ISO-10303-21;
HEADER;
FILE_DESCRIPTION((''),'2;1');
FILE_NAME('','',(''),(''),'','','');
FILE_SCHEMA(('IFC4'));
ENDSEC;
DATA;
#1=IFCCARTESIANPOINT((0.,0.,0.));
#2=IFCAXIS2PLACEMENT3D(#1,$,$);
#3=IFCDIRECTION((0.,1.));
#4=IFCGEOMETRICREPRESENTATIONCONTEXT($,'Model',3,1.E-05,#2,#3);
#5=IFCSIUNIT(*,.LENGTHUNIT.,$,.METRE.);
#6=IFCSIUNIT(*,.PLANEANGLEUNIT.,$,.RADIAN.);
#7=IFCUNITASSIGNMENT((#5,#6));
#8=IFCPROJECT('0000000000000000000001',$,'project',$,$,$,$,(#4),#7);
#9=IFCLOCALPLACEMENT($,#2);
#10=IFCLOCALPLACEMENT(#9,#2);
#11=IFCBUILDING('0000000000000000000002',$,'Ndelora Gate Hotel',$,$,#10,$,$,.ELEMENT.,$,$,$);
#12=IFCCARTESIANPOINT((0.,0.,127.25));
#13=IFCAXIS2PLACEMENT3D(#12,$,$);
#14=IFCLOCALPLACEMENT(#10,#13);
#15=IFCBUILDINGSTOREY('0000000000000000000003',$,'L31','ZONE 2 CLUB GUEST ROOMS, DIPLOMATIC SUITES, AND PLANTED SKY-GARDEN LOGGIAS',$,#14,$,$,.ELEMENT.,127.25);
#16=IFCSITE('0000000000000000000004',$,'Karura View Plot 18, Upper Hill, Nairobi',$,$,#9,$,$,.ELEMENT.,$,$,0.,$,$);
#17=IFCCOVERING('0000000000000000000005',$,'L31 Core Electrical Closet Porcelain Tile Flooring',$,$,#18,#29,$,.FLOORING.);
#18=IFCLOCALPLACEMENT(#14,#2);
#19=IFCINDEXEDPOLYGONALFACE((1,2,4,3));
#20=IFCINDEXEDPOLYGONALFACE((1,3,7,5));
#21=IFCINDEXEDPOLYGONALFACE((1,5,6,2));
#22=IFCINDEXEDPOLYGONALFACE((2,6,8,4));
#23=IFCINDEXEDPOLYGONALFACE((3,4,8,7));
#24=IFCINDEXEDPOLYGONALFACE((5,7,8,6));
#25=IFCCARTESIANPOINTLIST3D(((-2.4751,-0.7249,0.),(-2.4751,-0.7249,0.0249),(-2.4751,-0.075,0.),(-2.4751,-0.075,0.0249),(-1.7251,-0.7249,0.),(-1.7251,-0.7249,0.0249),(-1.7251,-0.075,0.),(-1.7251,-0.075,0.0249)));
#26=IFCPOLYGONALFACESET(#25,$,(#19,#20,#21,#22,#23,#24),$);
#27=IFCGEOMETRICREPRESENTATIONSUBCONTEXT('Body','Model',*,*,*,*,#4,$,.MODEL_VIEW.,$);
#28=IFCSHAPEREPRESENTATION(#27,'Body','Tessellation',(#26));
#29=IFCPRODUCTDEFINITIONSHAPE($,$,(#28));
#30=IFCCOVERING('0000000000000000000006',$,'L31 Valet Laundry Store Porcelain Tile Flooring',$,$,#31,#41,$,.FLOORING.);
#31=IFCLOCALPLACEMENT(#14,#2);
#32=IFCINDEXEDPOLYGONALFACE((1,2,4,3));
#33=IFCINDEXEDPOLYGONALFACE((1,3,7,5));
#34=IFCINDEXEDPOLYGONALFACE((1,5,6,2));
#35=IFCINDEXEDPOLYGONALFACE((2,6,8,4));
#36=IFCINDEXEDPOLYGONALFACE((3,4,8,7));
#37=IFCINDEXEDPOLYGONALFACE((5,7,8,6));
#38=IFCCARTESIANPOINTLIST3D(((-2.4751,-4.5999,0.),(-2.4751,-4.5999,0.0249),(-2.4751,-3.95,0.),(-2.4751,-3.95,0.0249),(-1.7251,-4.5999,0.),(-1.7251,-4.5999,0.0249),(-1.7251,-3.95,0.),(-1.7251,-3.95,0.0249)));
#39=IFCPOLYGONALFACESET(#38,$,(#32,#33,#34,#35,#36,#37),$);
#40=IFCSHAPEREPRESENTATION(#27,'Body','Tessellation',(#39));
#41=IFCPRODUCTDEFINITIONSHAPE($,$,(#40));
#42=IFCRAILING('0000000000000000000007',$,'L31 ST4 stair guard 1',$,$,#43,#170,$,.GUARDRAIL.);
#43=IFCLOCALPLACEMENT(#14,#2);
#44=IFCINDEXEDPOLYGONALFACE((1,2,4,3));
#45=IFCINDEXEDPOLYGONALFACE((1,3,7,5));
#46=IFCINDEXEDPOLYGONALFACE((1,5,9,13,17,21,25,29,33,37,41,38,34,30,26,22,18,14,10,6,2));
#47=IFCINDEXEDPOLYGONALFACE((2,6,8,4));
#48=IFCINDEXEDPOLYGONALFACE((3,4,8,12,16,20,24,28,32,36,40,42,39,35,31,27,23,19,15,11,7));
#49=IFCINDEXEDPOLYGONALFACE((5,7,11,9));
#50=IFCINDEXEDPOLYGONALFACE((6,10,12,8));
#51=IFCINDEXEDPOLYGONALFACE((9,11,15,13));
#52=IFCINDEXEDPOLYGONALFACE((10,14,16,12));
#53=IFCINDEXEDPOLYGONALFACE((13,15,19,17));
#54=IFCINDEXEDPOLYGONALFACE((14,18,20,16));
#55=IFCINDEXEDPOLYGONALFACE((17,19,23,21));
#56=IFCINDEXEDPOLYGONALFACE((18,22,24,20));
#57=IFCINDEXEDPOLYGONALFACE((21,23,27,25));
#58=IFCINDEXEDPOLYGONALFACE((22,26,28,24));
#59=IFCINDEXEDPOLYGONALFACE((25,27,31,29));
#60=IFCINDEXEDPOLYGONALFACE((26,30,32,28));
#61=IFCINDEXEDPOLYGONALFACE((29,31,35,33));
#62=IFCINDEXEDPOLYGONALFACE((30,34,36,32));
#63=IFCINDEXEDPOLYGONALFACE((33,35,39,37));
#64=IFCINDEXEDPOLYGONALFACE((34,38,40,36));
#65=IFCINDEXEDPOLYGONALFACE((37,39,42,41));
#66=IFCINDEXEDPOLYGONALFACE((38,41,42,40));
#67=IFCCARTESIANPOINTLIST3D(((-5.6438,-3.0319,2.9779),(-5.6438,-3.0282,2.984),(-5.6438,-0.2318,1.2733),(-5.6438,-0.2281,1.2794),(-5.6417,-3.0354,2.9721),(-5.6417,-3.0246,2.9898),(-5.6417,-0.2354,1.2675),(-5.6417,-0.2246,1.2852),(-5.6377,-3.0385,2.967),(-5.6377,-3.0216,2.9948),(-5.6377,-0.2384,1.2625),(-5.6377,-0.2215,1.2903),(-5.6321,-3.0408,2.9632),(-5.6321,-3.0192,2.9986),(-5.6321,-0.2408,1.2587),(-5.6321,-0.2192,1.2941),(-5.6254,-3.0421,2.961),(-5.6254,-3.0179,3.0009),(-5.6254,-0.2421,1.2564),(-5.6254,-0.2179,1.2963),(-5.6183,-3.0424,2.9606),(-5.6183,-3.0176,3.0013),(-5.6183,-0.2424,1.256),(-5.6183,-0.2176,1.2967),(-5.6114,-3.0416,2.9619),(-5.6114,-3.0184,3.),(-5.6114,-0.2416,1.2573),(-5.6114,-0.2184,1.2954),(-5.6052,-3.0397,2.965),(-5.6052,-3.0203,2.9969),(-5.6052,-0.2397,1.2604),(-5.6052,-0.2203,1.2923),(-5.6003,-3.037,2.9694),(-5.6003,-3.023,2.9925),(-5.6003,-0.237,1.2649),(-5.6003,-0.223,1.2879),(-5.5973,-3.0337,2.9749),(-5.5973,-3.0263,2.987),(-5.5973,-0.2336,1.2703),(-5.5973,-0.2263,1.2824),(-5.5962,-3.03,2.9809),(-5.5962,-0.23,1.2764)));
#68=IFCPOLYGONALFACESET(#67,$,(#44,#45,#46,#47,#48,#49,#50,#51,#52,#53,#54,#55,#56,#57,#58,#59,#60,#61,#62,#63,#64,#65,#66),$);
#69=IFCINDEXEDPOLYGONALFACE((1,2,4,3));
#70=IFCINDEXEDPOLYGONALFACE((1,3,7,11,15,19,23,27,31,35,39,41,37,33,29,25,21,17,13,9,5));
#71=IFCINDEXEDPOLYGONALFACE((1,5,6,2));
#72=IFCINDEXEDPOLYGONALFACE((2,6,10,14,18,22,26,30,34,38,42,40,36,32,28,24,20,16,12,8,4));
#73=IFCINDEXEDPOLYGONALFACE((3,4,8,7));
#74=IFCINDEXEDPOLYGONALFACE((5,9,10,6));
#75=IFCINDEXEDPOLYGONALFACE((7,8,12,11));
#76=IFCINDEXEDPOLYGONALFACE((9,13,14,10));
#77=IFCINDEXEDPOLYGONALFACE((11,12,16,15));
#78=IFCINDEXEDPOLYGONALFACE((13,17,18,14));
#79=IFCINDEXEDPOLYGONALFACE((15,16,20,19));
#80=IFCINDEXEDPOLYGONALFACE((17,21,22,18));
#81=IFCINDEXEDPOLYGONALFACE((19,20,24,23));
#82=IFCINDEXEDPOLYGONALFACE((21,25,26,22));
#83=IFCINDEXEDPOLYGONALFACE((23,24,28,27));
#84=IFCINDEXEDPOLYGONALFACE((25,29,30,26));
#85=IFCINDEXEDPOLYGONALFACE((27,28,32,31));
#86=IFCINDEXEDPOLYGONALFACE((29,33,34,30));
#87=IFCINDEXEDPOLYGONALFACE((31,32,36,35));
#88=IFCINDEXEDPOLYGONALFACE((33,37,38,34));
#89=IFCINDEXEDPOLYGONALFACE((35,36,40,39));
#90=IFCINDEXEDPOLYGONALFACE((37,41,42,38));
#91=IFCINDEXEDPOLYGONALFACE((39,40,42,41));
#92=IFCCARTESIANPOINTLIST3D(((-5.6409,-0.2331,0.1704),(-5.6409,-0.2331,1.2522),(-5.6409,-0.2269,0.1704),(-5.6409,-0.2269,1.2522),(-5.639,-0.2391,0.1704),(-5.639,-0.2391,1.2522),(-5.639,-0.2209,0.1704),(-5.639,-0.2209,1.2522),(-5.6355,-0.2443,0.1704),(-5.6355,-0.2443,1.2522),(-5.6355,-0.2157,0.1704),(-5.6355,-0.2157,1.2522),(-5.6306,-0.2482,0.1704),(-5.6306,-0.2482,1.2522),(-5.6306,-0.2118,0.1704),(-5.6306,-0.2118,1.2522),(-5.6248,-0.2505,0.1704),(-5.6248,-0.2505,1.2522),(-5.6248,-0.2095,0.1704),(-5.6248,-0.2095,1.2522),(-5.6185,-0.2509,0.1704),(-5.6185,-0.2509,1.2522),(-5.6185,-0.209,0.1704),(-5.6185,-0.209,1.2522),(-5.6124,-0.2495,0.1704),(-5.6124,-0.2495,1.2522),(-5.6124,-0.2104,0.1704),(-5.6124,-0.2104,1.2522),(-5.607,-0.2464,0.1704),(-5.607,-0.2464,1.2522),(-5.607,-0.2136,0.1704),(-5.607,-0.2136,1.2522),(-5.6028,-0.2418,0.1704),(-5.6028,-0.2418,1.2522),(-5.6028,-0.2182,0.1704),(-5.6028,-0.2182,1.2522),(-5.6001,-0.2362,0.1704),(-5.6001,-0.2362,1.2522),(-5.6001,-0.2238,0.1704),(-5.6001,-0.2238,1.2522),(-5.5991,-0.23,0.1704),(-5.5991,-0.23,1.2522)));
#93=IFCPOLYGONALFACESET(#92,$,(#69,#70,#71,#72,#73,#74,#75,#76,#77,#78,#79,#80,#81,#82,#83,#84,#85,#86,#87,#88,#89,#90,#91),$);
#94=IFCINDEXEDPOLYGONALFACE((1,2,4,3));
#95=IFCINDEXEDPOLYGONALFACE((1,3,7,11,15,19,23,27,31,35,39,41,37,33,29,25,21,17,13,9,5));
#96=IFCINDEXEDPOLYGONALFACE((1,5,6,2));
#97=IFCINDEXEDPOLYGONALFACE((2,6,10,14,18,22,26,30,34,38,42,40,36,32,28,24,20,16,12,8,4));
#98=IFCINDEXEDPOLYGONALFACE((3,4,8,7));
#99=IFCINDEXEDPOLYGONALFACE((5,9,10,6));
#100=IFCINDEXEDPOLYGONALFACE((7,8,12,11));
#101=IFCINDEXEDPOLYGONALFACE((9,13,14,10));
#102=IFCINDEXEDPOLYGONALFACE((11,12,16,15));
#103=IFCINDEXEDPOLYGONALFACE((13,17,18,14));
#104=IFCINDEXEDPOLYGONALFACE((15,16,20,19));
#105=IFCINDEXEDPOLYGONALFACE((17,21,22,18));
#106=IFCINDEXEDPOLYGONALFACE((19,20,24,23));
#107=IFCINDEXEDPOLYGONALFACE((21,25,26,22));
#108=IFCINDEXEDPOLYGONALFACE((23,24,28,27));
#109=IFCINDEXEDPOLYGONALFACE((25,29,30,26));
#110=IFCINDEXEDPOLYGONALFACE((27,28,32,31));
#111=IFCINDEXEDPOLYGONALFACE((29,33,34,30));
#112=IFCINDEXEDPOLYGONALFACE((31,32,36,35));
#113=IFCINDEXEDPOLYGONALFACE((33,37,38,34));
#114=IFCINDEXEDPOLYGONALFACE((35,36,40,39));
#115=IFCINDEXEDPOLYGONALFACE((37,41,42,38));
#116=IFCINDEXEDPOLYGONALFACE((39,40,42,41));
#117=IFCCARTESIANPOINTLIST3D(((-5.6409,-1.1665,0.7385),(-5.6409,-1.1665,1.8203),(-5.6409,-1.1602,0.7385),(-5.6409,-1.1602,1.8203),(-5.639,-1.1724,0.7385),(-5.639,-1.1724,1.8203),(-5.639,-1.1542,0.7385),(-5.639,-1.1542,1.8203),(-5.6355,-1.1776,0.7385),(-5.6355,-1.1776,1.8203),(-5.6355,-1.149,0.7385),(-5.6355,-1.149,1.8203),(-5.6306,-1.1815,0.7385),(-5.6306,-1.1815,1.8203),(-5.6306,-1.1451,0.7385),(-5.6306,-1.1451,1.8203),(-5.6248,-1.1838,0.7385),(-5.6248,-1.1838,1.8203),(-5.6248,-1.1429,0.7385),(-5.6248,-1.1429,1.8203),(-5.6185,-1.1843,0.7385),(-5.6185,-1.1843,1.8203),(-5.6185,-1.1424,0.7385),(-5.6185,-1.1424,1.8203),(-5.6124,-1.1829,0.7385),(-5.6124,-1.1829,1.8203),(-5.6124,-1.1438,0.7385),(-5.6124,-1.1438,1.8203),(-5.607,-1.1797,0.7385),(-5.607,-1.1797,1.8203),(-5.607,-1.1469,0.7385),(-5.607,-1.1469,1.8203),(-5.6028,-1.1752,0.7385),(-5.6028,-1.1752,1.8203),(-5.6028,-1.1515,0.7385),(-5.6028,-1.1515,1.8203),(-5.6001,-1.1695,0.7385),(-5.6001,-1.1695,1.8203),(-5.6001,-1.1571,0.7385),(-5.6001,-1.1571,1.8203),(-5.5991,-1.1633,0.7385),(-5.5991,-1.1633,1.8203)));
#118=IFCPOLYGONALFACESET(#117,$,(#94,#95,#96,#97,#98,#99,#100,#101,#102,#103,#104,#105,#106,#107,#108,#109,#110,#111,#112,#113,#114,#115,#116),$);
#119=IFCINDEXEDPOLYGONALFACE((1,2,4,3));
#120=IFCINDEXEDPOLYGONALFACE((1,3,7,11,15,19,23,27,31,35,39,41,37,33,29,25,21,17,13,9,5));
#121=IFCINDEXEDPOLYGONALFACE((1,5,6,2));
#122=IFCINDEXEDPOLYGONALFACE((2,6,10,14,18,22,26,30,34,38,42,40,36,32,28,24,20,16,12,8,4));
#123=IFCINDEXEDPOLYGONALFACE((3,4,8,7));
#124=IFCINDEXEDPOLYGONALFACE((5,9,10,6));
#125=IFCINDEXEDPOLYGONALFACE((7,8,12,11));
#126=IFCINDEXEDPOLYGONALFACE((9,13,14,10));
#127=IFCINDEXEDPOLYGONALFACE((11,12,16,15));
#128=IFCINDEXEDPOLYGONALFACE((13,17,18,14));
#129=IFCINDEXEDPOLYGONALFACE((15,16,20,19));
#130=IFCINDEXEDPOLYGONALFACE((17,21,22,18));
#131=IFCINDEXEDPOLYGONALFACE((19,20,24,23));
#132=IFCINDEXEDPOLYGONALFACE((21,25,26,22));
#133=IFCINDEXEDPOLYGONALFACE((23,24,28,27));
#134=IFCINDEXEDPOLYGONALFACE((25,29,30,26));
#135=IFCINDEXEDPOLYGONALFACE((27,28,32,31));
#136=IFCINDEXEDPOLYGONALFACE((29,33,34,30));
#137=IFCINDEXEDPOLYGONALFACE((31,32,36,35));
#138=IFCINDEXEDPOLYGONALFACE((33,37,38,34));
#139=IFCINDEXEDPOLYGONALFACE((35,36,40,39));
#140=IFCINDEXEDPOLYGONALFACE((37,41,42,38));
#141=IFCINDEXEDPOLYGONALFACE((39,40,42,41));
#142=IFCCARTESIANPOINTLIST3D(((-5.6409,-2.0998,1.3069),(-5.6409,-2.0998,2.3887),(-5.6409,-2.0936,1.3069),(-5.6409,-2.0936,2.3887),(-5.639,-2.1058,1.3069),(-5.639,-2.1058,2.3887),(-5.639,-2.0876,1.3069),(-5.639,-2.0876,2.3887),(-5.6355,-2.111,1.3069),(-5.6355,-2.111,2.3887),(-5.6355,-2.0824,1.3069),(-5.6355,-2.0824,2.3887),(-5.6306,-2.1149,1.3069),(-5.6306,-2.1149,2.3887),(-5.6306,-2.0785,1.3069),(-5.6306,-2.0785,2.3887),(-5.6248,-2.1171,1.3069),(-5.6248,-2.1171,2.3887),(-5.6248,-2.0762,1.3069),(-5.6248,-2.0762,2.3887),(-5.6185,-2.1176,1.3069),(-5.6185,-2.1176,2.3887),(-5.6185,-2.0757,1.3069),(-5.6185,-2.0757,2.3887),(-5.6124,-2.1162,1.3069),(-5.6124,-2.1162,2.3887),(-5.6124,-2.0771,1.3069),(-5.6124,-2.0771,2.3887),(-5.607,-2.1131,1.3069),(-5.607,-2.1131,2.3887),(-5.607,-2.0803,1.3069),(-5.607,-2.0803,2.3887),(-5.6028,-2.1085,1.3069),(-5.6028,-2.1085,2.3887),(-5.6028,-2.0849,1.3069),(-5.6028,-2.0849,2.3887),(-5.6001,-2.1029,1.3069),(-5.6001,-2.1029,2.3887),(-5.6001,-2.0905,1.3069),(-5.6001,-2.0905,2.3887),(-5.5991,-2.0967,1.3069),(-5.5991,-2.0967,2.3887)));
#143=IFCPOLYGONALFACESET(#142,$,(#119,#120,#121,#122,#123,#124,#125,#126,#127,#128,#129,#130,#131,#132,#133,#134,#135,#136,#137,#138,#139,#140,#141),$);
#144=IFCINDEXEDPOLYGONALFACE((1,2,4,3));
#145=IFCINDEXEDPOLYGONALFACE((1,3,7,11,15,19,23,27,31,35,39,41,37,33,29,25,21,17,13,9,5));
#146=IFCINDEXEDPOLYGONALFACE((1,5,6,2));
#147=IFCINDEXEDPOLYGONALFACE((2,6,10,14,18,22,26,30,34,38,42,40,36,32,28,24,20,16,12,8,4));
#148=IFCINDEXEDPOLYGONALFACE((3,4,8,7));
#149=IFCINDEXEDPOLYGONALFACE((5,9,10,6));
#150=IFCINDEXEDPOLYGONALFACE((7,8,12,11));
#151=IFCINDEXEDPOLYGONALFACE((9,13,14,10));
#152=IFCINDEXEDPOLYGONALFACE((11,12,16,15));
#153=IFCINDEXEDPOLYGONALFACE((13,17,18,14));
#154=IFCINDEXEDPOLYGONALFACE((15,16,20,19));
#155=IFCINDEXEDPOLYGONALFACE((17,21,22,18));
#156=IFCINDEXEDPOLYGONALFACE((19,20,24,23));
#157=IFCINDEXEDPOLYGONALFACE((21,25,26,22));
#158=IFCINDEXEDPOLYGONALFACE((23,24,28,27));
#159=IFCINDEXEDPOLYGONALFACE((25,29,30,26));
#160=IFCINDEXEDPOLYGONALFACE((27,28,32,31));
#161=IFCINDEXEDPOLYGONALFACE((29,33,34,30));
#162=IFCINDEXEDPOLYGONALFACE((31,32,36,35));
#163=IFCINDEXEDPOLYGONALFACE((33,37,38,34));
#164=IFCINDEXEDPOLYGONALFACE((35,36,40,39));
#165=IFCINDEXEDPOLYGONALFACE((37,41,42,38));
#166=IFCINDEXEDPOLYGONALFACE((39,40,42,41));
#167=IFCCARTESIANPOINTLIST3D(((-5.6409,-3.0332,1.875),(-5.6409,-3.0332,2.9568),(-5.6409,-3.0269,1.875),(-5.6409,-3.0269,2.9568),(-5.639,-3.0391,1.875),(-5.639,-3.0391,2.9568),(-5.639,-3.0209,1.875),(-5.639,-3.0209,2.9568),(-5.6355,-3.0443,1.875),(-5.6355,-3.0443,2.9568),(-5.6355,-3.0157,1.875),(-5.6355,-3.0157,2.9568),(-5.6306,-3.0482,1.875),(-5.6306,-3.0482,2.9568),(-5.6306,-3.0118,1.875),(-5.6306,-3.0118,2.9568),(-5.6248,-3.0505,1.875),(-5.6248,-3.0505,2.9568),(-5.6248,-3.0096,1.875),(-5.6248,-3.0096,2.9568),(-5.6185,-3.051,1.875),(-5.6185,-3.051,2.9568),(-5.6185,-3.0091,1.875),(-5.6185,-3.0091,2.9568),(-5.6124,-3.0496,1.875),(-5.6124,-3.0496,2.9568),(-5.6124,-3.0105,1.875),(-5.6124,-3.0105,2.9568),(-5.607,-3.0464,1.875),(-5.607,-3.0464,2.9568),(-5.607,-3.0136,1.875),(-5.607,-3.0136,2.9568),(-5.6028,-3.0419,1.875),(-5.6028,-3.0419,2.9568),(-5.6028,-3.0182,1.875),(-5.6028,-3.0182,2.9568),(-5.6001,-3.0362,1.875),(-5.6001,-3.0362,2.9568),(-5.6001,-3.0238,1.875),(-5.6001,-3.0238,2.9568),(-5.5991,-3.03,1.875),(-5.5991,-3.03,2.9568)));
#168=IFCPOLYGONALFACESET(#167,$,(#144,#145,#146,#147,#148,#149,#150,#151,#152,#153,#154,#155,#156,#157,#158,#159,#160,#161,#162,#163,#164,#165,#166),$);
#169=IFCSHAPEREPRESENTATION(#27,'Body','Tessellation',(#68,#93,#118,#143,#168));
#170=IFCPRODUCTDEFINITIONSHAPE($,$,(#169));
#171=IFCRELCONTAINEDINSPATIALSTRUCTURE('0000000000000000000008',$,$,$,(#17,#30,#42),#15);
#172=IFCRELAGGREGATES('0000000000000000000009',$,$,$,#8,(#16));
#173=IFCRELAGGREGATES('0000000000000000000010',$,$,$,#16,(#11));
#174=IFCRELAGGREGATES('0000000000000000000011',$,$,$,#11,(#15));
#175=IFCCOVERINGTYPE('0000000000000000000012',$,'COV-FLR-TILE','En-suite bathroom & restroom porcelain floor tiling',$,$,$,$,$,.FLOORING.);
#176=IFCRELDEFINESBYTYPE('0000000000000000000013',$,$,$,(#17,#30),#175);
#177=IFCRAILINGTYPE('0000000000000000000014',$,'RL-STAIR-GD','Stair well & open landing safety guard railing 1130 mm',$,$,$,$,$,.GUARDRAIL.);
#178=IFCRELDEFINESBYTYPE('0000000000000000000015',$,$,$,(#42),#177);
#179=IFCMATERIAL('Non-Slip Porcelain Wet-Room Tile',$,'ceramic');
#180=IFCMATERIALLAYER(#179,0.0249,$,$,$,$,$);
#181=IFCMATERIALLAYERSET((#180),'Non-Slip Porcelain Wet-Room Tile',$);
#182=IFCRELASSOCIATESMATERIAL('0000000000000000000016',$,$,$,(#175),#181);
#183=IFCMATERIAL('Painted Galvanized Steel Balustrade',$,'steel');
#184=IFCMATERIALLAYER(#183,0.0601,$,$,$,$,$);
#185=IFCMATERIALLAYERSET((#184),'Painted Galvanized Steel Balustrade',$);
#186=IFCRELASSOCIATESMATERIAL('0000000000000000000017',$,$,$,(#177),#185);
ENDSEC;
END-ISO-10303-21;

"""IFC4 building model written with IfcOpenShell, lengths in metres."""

from ifc_helpers import new_model, si_unit, direction, frame, origin, origin_2d, place, context, subcontext, project, spatial, rectangle, circle, extrude, material, layer, layer_set, type_object, element, save


model = new_model("IFC4")

# Units and contexts
model_context = context("Model", 3, precision=1e-05, world=origin(), true_north=direction((0.0, 1.0)))
body_context = subcontext(model_context, "Body", "Model", "MODEL_VIEW")
ifc_project = project(units=[si_unit("LENGTHUNIT", "METRE"), si_unit("PLANEANGLEUNIT", "RADIAN")], contexts=[model_context])

# Site, building, storey
site_placement = place(None, origin())
site = spatial("IfcSite", under=ifc_project, at=site_placement, Name="Karura View Plot 18, Upper Hill, Nairobi", CompositionType="ELEMENT", RefElevation=0.0)
building_placement = place(site_placement, origin())
building = spatial("IfcBuilding", under=site, at=building_placement, Name="Ndelora Gate Hotel", CompositionType="ELEMENT")
storey_placement = place(building_placement, frame((0.0, 0.0, 127.25)))
storey = spatial("IfcBuildingStorey", under=building, at=storey_placement, Name="L31", Description="ZONE 2 CLUB GUEST ROOMS, DIPLOMATIC SUITES, AND PLANTED SKY-GARDEN LOGGIAS", CompositionType="ELEMENT", Elevation=127.25)

# Coverings
ifc_material_1 = material(Name="Non-Slip Porcelain Wet-Room Tile", Category="ceramic")
ifc_layer_1 = layer(ifc_material_1, 0.0249)
ifc_layer_set_1 = layer_set([ifc_layer_1], Name="Non-Slip Porcelain Wet-Room Tile")
covering_type = type_object("IfcCoveringType", Name="COV-FLR-TILE", Description="En-suite bathroom & restroom porcelain floor tiling", PredefinedType="FLOORING", material=ifc_layer_set_1)
for number, where, z_axis, x_axis, name in (
    (1, (-2.1001, -0.3999, 0.0), (0.0, 0.0, 1.0), (1.0, 0.0, 0.0), "L31 Core Electrical Closet Porcelain Tile Flooring"),
    (2, (-2.1001, -4.2749, 0.0), (0.0, 0.0, 1.0), (1.0, 0.0, 0.0), "L31 Valet Laundry Store Porcelain Tile Flooring"),
):
    element("IfcCovering", number, at=place(storey_placement, frame(where, z_axis=z_axis, x_axis=x_axis)), inside=storey, type_object=covering_type, Name=name, PredefinedType="FLOORING", context=body_context, shape_type="SweptSolid", body=[
        extrude(rectangle(XDim=0.75, YDim=0.6499, at=origin_2d()), origin(), (0.0, 0.0, 1.0), 0.0249),
    ])

# Railing
ifc_material_2 = material(Name="Painted Galvanized Steel Balustrade", Category="steel")
ifc_layer_2 = layer(ifc_material_2, 0.0601)
ifc_layer_set_2 = layer_set([ifc_layer_2], Name="Painted Galvanized Steel Balustrade")
railing_type_1 = type_object("IfcRailingType", Name="RL-STAIR-GD", Description="Stair well & open landing safety guard railing 1130 mm", PredefinedType="GUARDRAIL", material=ifc_layer_set_2)
railing_1_placement = place(storey_placement, frame((-5.6201, -0.23, 0.1704)))
element("IfcRailing", 3, at=railing_1_placement, inside=storey, type_object=railing_type_1, Name="L31 ST4 stair guard 1", PredefinedType="GUARDRAIL", context=body_context, shape_type="SweptSolid", body=[
    extrude(circle(Radius=0.0239, at=origin_2d()), frame((0.0, 0.0, 1.106), z_axis=(0.0, -0.85417, 0.519994), x_axis=(1.0, 0.0, 0.0)), (0.0, 0.0, 1.0), 3.2781),
    extrude(circle(Radius=0.021, at=origin_2d()), origin(), (0.0, 0.0, 1.0), 1.0818),
    extrude(circle(Radius=0.021, at=origin_2d()), frame((0.0, -0.9333, 0.5681)), (0.0, 0.0, 1.0), 1.0818),
    extrude(circle(Radius=0.021, at=origin_2d()), frame((0.0, -1.8667, 1.1365)), (0.0, 0.0, 1.0), 1.0818),
    extrude(circle(Radius=0.021, at=origin_2d()), frame((0.0, -2.8, 1.7046)), (0.0, 0.0, 1.0), 1.0818),
])

save(model, "model.ifc")
